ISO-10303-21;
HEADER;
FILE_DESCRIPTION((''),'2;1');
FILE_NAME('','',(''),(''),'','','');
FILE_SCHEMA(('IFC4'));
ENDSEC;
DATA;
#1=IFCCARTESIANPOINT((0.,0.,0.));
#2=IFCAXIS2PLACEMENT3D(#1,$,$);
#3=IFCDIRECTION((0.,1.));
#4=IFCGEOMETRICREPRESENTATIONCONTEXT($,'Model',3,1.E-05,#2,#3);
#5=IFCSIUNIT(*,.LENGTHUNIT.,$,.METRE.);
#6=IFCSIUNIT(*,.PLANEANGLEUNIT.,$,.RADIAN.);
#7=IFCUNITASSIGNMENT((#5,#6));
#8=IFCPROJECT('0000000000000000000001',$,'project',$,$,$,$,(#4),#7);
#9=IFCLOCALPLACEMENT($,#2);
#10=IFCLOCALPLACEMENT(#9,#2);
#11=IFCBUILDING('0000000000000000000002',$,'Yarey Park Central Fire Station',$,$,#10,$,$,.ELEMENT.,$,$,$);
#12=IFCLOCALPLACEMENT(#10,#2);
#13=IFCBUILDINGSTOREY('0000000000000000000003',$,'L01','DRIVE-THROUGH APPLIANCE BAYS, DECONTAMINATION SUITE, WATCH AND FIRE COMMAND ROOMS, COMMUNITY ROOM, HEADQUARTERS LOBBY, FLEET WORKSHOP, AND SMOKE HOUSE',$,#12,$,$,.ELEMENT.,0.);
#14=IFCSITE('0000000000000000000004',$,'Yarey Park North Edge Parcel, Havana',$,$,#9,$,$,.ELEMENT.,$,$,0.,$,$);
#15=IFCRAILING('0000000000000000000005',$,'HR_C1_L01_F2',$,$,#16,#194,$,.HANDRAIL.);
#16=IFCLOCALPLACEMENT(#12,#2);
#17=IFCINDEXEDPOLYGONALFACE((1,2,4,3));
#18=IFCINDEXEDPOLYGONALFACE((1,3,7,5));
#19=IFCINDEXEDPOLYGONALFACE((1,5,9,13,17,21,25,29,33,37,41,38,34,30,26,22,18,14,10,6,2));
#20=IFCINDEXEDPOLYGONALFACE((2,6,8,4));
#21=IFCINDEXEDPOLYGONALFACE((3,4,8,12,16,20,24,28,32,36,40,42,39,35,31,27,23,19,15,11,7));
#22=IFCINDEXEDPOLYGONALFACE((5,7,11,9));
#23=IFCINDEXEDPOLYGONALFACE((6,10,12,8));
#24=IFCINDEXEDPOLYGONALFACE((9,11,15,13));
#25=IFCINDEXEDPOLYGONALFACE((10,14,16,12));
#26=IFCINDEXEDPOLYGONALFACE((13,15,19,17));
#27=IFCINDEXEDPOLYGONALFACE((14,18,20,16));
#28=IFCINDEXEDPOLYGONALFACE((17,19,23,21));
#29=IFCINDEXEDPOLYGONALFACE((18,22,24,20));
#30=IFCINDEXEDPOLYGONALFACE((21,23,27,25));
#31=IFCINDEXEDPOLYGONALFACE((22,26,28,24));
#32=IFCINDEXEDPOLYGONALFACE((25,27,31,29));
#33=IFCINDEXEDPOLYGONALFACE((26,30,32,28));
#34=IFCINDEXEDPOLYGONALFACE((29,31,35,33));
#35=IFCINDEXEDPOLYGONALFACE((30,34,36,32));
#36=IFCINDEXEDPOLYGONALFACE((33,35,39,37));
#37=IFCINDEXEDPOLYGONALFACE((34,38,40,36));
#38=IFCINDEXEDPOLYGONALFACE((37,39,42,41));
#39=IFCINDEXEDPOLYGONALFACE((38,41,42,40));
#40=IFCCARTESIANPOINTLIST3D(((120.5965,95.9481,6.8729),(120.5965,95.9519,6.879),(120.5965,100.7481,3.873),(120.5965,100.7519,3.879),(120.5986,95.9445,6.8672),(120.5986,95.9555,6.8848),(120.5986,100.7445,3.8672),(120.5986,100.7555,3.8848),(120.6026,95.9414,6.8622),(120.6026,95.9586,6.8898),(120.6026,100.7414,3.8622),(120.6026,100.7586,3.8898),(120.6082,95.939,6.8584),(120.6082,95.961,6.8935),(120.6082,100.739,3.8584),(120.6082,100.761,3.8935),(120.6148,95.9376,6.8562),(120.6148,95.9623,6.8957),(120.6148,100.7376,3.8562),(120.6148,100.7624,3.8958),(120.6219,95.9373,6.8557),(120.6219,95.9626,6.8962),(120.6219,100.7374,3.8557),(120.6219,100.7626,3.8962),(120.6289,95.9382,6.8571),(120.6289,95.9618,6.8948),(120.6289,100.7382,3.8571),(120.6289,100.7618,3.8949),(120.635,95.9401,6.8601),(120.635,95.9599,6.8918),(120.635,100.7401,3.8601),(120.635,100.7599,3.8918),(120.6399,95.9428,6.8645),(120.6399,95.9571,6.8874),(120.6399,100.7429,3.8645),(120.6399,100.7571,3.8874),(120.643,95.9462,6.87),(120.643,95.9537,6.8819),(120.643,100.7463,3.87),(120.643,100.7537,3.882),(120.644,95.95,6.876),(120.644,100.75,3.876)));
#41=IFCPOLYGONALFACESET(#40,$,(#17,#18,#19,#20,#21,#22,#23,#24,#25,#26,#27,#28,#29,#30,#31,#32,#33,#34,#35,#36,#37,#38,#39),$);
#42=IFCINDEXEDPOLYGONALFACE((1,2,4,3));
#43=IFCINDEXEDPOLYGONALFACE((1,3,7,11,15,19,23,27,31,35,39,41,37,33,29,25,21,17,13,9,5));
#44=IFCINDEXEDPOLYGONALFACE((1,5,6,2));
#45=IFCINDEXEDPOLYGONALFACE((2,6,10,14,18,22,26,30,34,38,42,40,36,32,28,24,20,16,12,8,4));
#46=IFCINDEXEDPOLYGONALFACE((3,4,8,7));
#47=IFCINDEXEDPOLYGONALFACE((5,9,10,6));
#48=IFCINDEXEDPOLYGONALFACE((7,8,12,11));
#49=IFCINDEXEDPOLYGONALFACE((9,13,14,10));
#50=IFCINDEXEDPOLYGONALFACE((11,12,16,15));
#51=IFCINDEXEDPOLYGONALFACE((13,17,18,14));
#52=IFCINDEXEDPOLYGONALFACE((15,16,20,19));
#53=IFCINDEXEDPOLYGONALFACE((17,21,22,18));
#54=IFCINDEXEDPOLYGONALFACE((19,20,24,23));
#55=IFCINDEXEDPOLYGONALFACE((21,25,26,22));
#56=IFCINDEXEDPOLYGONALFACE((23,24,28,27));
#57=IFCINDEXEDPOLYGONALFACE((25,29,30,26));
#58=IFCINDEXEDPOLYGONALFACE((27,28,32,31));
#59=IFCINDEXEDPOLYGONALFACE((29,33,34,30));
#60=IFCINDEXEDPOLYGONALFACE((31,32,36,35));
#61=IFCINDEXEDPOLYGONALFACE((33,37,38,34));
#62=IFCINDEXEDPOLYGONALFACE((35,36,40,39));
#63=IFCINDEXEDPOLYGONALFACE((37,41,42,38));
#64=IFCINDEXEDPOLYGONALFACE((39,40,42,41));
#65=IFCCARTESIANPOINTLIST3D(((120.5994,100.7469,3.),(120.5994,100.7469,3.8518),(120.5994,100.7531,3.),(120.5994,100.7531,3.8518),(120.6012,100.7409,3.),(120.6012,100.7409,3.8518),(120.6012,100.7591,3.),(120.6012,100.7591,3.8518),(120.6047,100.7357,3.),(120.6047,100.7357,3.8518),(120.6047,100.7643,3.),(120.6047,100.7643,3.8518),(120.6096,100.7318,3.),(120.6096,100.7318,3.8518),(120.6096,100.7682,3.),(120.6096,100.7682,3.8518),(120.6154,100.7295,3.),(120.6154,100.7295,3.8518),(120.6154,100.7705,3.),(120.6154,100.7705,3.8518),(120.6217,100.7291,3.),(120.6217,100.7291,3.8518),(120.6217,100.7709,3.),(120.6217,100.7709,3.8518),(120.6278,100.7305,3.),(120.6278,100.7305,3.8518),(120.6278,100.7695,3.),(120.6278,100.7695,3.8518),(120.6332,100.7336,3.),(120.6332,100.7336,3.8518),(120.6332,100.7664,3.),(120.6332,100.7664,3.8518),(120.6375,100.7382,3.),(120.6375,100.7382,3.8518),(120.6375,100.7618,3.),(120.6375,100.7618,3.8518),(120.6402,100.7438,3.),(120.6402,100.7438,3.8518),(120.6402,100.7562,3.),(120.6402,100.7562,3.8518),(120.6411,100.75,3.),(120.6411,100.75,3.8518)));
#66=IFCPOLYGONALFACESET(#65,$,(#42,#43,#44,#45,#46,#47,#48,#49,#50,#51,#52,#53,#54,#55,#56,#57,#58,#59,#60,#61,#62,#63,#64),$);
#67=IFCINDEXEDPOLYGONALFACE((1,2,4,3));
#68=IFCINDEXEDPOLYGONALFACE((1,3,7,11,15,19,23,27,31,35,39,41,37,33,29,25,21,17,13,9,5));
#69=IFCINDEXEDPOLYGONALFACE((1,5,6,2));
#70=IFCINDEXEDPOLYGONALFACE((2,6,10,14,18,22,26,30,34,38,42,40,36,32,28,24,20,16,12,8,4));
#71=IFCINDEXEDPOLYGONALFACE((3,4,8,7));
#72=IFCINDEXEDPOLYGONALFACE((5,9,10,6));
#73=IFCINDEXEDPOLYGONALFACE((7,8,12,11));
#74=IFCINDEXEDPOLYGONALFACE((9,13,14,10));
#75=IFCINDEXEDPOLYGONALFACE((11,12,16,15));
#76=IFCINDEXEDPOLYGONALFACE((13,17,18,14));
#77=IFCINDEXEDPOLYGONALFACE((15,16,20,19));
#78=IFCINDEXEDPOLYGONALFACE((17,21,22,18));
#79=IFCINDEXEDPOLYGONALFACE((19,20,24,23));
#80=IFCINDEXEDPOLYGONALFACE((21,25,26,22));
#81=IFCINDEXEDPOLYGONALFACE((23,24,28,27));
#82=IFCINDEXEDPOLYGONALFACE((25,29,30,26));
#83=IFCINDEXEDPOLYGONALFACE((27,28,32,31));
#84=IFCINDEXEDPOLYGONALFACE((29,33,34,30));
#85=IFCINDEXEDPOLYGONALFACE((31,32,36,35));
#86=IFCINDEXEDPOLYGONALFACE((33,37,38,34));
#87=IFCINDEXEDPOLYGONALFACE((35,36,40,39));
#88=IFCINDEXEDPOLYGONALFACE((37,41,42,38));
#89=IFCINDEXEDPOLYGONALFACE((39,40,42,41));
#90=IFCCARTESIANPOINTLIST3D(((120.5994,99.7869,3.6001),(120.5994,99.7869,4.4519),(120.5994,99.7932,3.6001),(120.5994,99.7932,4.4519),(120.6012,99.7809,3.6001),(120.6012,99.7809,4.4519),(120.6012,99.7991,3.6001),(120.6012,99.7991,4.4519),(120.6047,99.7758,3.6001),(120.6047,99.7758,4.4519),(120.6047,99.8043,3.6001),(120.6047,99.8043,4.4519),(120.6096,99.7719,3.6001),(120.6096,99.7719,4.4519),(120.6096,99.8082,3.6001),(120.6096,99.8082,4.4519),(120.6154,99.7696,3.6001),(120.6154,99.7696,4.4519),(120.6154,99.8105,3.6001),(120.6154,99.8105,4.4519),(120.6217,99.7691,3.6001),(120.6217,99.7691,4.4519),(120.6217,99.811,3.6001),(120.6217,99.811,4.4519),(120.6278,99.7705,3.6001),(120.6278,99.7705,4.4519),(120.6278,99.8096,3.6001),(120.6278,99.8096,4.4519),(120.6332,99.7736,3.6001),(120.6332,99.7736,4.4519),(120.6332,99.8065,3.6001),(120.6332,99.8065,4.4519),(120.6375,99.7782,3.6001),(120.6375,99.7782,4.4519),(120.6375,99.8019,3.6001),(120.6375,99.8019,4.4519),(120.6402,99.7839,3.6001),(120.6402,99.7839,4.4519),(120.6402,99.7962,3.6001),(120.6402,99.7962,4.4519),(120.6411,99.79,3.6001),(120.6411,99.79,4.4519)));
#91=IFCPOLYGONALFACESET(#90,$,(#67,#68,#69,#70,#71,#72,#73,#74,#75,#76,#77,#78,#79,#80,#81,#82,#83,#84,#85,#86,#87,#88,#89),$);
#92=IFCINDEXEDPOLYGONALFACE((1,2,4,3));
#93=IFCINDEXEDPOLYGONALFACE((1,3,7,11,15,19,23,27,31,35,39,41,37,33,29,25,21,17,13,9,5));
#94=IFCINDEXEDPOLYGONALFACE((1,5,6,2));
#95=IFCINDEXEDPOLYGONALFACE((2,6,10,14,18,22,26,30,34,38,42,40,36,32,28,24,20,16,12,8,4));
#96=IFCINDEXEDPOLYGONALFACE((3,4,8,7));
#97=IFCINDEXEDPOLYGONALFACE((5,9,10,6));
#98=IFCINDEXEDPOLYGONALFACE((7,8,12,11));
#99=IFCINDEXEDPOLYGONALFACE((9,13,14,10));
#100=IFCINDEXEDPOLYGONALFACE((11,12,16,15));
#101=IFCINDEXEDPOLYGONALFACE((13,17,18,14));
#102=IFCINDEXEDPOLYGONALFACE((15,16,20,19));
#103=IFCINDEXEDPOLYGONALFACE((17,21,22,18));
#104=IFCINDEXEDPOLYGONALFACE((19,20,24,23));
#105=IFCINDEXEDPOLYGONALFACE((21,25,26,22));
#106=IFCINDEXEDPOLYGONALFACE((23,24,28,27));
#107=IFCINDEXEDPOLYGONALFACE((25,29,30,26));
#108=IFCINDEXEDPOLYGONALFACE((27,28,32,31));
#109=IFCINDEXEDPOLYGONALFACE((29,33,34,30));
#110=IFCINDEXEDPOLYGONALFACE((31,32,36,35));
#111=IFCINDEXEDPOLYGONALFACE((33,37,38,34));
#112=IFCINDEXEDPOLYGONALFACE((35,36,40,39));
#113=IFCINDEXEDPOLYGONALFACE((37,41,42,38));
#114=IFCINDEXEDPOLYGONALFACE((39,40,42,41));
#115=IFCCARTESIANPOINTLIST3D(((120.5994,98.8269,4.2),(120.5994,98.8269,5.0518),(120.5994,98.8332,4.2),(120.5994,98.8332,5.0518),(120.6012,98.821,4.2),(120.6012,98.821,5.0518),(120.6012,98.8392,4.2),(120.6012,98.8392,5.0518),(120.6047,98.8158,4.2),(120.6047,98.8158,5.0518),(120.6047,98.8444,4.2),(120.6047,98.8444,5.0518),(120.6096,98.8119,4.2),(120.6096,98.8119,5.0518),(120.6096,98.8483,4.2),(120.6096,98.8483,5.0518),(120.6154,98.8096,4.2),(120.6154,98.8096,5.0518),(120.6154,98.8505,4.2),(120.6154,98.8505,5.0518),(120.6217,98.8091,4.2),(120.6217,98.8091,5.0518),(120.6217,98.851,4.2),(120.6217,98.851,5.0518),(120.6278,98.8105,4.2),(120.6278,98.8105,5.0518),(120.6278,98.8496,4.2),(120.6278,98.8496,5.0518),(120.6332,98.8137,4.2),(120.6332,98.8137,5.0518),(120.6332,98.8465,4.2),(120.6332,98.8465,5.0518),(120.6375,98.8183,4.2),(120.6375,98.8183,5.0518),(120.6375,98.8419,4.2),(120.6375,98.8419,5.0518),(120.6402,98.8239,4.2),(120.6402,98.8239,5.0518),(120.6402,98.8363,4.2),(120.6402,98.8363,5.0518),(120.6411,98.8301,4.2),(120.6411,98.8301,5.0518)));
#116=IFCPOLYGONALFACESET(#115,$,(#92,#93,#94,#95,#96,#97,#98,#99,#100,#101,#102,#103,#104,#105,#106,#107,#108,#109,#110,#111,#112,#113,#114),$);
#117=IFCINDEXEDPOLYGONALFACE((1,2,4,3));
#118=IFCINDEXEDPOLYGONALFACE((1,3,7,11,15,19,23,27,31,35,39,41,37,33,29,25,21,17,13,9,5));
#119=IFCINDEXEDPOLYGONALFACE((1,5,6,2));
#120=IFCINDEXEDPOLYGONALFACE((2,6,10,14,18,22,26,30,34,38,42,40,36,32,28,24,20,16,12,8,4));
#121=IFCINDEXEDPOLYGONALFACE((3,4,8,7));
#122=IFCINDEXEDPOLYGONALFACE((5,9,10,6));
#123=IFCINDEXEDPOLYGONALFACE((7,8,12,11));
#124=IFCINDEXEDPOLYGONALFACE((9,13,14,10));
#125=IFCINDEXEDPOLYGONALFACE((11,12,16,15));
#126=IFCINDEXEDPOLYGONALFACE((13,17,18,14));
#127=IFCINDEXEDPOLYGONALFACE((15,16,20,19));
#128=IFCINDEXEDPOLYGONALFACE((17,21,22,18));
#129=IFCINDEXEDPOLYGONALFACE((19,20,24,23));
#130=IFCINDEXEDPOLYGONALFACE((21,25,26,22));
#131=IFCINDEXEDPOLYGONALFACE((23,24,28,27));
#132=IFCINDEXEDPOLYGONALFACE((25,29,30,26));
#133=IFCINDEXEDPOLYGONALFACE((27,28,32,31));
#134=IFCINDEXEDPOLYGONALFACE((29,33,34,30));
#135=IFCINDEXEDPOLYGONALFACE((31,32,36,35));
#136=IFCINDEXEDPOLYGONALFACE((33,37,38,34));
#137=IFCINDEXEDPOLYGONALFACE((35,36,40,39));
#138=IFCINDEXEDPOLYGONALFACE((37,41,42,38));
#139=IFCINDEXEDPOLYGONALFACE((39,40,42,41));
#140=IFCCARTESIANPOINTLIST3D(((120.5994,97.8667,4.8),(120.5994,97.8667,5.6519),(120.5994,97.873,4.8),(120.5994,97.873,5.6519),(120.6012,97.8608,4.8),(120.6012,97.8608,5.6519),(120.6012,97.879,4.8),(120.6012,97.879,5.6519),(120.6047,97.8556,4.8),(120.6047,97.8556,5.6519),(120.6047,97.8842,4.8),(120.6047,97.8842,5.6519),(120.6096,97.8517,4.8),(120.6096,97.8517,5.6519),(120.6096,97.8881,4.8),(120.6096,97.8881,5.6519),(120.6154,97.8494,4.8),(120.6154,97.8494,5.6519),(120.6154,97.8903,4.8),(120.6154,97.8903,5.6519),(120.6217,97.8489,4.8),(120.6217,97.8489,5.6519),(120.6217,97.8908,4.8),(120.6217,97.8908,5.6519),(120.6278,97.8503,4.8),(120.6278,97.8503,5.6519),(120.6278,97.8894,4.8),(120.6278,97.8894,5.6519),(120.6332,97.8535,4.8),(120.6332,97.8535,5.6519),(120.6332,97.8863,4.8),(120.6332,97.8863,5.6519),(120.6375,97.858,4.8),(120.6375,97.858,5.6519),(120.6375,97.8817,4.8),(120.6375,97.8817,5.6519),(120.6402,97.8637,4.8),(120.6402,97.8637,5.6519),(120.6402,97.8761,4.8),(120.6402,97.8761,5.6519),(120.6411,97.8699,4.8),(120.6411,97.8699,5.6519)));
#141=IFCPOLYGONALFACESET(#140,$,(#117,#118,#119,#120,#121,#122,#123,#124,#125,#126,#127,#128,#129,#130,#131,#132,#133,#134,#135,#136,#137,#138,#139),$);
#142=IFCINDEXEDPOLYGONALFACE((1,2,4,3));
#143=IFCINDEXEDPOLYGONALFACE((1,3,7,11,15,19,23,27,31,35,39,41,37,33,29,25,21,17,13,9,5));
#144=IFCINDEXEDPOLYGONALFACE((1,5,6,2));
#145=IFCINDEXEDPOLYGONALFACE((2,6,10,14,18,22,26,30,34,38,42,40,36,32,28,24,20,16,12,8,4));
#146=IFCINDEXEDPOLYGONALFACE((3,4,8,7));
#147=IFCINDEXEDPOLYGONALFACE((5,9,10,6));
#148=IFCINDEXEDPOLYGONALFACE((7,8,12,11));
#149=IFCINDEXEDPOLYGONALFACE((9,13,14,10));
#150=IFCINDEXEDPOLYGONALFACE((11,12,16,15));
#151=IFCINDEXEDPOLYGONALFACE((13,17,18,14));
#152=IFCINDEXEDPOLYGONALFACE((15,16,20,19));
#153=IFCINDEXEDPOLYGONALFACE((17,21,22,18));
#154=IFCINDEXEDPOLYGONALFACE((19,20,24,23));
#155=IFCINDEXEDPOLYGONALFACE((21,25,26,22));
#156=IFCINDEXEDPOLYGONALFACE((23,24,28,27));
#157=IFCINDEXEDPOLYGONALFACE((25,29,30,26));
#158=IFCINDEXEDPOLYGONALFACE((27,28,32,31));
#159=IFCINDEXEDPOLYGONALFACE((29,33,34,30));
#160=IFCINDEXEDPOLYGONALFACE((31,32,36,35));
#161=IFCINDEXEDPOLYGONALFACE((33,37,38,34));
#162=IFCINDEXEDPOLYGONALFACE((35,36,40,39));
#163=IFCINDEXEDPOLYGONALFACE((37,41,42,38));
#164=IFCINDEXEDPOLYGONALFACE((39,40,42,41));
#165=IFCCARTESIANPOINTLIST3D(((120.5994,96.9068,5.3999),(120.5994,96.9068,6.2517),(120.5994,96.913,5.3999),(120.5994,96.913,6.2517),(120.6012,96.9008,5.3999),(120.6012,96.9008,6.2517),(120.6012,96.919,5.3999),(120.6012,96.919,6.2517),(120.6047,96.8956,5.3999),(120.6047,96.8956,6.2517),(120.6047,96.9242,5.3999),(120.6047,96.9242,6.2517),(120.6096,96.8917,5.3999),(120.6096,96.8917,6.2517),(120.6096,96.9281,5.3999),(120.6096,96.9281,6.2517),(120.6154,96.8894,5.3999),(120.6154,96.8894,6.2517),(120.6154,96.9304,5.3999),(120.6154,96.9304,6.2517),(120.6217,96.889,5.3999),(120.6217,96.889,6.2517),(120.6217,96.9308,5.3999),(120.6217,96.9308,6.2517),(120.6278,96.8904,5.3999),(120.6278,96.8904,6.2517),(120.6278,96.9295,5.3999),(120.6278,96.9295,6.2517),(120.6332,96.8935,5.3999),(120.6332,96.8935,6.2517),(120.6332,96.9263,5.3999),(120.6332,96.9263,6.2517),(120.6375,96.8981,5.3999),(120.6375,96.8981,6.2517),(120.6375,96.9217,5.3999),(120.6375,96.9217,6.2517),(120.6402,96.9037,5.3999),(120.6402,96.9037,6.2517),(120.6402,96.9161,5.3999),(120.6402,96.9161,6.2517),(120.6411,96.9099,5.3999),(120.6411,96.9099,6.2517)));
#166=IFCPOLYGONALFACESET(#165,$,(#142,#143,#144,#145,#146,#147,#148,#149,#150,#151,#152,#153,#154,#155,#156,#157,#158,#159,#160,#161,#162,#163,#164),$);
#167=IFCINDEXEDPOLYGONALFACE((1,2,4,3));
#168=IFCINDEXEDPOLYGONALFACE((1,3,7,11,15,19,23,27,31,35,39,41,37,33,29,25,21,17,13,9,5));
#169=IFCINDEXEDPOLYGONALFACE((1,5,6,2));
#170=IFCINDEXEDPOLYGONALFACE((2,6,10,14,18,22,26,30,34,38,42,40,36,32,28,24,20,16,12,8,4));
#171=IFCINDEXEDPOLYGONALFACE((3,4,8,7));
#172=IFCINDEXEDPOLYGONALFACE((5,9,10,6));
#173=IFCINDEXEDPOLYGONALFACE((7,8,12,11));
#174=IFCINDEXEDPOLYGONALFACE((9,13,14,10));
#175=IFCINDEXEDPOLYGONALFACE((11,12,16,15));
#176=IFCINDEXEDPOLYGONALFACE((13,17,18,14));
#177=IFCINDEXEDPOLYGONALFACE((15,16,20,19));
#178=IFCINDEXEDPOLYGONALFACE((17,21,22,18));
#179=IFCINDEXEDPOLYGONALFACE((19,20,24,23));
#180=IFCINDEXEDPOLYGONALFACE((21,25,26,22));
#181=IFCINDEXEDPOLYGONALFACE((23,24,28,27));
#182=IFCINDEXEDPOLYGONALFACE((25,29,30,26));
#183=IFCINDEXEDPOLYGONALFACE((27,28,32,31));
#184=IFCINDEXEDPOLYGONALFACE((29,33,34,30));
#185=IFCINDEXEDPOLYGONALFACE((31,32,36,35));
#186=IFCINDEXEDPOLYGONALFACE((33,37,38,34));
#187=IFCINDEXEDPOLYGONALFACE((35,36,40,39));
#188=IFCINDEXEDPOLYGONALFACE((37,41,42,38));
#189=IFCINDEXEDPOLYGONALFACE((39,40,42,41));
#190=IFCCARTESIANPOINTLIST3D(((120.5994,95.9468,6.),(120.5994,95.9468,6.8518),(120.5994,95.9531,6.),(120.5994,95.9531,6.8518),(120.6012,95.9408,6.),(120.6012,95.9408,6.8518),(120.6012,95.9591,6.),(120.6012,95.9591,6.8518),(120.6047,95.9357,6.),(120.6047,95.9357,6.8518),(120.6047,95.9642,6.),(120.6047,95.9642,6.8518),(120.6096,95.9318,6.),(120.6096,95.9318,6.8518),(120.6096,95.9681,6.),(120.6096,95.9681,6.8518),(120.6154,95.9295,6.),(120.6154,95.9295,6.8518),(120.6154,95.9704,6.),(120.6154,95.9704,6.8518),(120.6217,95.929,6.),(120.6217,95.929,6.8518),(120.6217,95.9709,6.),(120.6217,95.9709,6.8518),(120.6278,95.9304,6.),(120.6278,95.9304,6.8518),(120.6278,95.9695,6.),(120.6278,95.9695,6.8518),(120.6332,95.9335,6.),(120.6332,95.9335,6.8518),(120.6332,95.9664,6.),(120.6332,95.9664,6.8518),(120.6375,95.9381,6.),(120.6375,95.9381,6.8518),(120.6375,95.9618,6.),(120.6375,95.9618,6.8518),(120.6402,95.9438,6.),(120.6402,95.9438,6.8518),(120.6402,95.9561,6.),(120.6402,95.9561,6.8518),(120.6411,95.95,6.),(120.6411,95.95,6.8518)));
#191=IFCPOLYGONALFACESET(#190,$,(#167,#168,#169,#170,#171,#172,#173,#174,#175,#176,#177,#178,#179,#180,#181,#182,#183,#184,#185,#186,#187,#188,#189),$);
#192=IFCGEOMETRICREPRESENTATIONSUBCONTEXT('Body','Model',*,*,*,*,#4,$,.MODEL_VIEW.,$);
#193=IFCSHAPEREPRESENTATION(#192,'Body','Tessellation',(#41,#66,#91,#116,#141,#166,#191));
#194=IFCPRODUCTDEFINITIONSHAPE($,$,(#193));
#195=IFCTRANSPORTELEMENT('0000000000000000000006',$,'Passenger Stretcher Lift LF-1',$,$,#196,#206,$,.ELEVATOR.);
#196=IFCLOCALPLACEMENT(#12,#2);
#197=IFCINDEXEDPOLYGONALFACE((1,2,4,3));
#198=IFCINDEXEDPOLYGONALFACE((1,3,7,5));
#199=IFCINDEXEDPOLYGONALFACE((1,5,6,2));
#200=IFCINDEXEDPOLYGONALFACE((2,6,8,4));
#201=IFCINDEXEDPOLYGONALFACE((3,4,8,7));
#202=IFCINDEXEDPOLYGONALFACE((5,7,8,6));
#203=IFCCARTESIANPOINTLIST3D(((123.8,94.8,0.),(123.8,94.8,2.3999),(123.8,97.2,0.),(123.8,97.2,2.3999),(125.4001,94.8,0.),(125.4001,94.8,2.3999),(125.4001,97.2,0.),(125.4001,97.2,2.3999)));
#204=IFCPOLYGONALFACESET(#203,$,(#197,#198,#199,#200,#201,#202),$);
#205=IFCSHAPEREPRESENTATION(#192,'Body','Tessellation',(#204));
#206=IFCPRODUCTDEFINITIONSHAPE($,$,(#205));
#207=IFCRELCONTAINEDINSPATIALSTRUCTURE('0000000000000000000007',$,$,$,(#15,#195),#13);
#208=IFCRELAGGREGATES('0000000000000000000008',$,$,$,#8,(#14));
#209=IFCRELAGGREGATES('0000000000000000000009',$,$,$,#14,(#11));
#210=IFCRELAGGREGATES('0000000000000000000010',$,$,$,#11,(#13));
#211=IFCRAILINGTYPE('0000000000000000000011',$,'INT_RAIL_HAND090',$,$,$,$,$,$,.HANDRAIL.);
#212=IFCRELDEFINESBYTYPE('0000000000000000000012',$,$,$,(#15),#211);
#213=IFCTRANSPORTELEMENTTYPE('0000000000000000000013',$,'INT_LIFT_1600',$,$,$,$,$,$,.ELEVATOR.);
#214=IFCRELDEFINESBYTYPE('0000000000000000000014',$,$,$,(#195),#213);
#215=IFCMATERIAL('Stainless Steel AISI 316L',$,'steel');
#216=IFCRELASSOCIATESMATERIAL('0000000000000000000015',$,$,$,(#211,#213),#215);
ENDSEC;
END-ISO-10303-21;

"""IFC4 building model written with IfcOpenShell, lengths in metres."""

from ifc_helpers import new_model, si_unit, direction, frame, origin, origin_2d, place, context, subcontext, project, spatial, rectangle, circle, extrude, material, type_object, element, save


model = new_model("IFC4")

# Units and contexts
model_context = context("Model", 3, precision=1e-05, world=origin(), true_north=direction((0.0, 1.0)))
body_context = subcontext(model_context, "Body", "Model", "MODEL_VIEW")
ifc_project = project(units=[si_unit("LENGTHUNIT", "METRE"), si_unit("PLANEANGLEUNIT", "RADIAN")], contexts=[model_context])

# Site, building, storey
site_placement = place(None, origin())
site = spatial("IfcSite", under=ifc_project, at=site_placement, Name="Yarey Park North Edge Parcel, Havana", CompositionType="ELEMENT", RefElevation=0.0)
building_placement = place(site_placement, origin())
building = spatial("IfcBuilding", under=site, at=building_placement, Name="Yarey Park Central Fire Station", CompositionType="ELEMENT")
storey_placement = place(building_placement, origin())
storey = spatial("IfcBuildingStorey", under=building, at=storey_placement, Name="L01", Description="DRIVE-THROUGH APPLIANCE BAYS, DECONTAMINATION SUITE, WATCH AND FIRE COMMAND ROOMS, COMMUNITY ROOM, HEADQUARTERS LOBBY, FLEET WORKSHOP, AND SMOKE HOUSE", CompositionType="ELEMENT", Elevation=0.0)

# Shared definitions
ifc_material_1 = material(Name="Stainless Steel AISI 316L", Category="steel")

# Railing
railing_type_1 = type_object("IfcRailingType", Name="INT_RAIL_HAND090", PredefinedType="HANDRAIL", material=ifc_material_1)
railing_1_placement = place(storey_placement, frame((120.6201, 100.75, 3.0)))
element("IfcRailing", 1, at=railing_1_placement, inside=storey, type_object=railing_type_1, Name="HR_C1_L01_F2", PredefinedType="HANDRAIL", context=body_context, shape_type="SweptSolid", body=[
    extrude(circle(Radius=0.0239, at=origin_2d()), frame((0.0, 0.0, 0.876), z_axis=(0.0, -0.848001, 0.529995), x_axis=(1.0, 0.0, 0.0)), (0.0, 0.0, 1.0), 5.6604),
    extrude(circle(Radius=0.021, at=origin_2d()), origin(), (0.0, 0.0, 1.0), 0.8518),
    extrude(circle(Radius=0.021, at=origin_2d()), frame((0.0, -0.96, 0.6001)), (0.0, 0.0, 1.0), 0.8518),
    extrude(circle(Radius=0.021, at=origin_2d()), frame((0.0, -1.9199, 1.2)), (0.0, 0.0, 1.0), 0.8518),
    extrude(circle(Radius=0.021, at=origin_2d()), frame((0.0, -2.8801, 1.8)), (0.0, 0.0, 1.0), 0.8518),
    extrude(circle(Radius=0.021, at=origin_2d()), frame((0.0, -3.8401, 2.3999)), (0.0, 0.0, 1.0), 0.8518),
    extrude(circle(Radius=0.021, at=origin_2d()), frame((0.0, -4.8, 3.0)), (0.0, 0.0, 1.0), 0.8518),
])

# Transport element
transport_element_type = type_object("IfcTransportElementType", Name="INT_LIFT_1600", PredefinedType="ELEVATOR", material=ifc_material_1)
transport_element_placement = place(storey_placement, frame((124.6001, 96.0, 0.0), z_axis=(0.0, 0.0, 1.0), x_axis=(1.0, 0.0, 0.0)))
element("IfcTransportElement", 2, at=transport_element_placement, inside=storey, type_object=transport_element_type, Name="Passenger Stretcher Lift LF-1", PredefinedType="ELEVATOR", context=body_context, shape_type="SweptSolid", body=[
    extrude(rectangle(XDim=1.6001, YDim=2.3999, at=origin_2d()), origin(), (0.0, 0.0, 1.0), 2.3999),
])

save(model, "model.ifc")
